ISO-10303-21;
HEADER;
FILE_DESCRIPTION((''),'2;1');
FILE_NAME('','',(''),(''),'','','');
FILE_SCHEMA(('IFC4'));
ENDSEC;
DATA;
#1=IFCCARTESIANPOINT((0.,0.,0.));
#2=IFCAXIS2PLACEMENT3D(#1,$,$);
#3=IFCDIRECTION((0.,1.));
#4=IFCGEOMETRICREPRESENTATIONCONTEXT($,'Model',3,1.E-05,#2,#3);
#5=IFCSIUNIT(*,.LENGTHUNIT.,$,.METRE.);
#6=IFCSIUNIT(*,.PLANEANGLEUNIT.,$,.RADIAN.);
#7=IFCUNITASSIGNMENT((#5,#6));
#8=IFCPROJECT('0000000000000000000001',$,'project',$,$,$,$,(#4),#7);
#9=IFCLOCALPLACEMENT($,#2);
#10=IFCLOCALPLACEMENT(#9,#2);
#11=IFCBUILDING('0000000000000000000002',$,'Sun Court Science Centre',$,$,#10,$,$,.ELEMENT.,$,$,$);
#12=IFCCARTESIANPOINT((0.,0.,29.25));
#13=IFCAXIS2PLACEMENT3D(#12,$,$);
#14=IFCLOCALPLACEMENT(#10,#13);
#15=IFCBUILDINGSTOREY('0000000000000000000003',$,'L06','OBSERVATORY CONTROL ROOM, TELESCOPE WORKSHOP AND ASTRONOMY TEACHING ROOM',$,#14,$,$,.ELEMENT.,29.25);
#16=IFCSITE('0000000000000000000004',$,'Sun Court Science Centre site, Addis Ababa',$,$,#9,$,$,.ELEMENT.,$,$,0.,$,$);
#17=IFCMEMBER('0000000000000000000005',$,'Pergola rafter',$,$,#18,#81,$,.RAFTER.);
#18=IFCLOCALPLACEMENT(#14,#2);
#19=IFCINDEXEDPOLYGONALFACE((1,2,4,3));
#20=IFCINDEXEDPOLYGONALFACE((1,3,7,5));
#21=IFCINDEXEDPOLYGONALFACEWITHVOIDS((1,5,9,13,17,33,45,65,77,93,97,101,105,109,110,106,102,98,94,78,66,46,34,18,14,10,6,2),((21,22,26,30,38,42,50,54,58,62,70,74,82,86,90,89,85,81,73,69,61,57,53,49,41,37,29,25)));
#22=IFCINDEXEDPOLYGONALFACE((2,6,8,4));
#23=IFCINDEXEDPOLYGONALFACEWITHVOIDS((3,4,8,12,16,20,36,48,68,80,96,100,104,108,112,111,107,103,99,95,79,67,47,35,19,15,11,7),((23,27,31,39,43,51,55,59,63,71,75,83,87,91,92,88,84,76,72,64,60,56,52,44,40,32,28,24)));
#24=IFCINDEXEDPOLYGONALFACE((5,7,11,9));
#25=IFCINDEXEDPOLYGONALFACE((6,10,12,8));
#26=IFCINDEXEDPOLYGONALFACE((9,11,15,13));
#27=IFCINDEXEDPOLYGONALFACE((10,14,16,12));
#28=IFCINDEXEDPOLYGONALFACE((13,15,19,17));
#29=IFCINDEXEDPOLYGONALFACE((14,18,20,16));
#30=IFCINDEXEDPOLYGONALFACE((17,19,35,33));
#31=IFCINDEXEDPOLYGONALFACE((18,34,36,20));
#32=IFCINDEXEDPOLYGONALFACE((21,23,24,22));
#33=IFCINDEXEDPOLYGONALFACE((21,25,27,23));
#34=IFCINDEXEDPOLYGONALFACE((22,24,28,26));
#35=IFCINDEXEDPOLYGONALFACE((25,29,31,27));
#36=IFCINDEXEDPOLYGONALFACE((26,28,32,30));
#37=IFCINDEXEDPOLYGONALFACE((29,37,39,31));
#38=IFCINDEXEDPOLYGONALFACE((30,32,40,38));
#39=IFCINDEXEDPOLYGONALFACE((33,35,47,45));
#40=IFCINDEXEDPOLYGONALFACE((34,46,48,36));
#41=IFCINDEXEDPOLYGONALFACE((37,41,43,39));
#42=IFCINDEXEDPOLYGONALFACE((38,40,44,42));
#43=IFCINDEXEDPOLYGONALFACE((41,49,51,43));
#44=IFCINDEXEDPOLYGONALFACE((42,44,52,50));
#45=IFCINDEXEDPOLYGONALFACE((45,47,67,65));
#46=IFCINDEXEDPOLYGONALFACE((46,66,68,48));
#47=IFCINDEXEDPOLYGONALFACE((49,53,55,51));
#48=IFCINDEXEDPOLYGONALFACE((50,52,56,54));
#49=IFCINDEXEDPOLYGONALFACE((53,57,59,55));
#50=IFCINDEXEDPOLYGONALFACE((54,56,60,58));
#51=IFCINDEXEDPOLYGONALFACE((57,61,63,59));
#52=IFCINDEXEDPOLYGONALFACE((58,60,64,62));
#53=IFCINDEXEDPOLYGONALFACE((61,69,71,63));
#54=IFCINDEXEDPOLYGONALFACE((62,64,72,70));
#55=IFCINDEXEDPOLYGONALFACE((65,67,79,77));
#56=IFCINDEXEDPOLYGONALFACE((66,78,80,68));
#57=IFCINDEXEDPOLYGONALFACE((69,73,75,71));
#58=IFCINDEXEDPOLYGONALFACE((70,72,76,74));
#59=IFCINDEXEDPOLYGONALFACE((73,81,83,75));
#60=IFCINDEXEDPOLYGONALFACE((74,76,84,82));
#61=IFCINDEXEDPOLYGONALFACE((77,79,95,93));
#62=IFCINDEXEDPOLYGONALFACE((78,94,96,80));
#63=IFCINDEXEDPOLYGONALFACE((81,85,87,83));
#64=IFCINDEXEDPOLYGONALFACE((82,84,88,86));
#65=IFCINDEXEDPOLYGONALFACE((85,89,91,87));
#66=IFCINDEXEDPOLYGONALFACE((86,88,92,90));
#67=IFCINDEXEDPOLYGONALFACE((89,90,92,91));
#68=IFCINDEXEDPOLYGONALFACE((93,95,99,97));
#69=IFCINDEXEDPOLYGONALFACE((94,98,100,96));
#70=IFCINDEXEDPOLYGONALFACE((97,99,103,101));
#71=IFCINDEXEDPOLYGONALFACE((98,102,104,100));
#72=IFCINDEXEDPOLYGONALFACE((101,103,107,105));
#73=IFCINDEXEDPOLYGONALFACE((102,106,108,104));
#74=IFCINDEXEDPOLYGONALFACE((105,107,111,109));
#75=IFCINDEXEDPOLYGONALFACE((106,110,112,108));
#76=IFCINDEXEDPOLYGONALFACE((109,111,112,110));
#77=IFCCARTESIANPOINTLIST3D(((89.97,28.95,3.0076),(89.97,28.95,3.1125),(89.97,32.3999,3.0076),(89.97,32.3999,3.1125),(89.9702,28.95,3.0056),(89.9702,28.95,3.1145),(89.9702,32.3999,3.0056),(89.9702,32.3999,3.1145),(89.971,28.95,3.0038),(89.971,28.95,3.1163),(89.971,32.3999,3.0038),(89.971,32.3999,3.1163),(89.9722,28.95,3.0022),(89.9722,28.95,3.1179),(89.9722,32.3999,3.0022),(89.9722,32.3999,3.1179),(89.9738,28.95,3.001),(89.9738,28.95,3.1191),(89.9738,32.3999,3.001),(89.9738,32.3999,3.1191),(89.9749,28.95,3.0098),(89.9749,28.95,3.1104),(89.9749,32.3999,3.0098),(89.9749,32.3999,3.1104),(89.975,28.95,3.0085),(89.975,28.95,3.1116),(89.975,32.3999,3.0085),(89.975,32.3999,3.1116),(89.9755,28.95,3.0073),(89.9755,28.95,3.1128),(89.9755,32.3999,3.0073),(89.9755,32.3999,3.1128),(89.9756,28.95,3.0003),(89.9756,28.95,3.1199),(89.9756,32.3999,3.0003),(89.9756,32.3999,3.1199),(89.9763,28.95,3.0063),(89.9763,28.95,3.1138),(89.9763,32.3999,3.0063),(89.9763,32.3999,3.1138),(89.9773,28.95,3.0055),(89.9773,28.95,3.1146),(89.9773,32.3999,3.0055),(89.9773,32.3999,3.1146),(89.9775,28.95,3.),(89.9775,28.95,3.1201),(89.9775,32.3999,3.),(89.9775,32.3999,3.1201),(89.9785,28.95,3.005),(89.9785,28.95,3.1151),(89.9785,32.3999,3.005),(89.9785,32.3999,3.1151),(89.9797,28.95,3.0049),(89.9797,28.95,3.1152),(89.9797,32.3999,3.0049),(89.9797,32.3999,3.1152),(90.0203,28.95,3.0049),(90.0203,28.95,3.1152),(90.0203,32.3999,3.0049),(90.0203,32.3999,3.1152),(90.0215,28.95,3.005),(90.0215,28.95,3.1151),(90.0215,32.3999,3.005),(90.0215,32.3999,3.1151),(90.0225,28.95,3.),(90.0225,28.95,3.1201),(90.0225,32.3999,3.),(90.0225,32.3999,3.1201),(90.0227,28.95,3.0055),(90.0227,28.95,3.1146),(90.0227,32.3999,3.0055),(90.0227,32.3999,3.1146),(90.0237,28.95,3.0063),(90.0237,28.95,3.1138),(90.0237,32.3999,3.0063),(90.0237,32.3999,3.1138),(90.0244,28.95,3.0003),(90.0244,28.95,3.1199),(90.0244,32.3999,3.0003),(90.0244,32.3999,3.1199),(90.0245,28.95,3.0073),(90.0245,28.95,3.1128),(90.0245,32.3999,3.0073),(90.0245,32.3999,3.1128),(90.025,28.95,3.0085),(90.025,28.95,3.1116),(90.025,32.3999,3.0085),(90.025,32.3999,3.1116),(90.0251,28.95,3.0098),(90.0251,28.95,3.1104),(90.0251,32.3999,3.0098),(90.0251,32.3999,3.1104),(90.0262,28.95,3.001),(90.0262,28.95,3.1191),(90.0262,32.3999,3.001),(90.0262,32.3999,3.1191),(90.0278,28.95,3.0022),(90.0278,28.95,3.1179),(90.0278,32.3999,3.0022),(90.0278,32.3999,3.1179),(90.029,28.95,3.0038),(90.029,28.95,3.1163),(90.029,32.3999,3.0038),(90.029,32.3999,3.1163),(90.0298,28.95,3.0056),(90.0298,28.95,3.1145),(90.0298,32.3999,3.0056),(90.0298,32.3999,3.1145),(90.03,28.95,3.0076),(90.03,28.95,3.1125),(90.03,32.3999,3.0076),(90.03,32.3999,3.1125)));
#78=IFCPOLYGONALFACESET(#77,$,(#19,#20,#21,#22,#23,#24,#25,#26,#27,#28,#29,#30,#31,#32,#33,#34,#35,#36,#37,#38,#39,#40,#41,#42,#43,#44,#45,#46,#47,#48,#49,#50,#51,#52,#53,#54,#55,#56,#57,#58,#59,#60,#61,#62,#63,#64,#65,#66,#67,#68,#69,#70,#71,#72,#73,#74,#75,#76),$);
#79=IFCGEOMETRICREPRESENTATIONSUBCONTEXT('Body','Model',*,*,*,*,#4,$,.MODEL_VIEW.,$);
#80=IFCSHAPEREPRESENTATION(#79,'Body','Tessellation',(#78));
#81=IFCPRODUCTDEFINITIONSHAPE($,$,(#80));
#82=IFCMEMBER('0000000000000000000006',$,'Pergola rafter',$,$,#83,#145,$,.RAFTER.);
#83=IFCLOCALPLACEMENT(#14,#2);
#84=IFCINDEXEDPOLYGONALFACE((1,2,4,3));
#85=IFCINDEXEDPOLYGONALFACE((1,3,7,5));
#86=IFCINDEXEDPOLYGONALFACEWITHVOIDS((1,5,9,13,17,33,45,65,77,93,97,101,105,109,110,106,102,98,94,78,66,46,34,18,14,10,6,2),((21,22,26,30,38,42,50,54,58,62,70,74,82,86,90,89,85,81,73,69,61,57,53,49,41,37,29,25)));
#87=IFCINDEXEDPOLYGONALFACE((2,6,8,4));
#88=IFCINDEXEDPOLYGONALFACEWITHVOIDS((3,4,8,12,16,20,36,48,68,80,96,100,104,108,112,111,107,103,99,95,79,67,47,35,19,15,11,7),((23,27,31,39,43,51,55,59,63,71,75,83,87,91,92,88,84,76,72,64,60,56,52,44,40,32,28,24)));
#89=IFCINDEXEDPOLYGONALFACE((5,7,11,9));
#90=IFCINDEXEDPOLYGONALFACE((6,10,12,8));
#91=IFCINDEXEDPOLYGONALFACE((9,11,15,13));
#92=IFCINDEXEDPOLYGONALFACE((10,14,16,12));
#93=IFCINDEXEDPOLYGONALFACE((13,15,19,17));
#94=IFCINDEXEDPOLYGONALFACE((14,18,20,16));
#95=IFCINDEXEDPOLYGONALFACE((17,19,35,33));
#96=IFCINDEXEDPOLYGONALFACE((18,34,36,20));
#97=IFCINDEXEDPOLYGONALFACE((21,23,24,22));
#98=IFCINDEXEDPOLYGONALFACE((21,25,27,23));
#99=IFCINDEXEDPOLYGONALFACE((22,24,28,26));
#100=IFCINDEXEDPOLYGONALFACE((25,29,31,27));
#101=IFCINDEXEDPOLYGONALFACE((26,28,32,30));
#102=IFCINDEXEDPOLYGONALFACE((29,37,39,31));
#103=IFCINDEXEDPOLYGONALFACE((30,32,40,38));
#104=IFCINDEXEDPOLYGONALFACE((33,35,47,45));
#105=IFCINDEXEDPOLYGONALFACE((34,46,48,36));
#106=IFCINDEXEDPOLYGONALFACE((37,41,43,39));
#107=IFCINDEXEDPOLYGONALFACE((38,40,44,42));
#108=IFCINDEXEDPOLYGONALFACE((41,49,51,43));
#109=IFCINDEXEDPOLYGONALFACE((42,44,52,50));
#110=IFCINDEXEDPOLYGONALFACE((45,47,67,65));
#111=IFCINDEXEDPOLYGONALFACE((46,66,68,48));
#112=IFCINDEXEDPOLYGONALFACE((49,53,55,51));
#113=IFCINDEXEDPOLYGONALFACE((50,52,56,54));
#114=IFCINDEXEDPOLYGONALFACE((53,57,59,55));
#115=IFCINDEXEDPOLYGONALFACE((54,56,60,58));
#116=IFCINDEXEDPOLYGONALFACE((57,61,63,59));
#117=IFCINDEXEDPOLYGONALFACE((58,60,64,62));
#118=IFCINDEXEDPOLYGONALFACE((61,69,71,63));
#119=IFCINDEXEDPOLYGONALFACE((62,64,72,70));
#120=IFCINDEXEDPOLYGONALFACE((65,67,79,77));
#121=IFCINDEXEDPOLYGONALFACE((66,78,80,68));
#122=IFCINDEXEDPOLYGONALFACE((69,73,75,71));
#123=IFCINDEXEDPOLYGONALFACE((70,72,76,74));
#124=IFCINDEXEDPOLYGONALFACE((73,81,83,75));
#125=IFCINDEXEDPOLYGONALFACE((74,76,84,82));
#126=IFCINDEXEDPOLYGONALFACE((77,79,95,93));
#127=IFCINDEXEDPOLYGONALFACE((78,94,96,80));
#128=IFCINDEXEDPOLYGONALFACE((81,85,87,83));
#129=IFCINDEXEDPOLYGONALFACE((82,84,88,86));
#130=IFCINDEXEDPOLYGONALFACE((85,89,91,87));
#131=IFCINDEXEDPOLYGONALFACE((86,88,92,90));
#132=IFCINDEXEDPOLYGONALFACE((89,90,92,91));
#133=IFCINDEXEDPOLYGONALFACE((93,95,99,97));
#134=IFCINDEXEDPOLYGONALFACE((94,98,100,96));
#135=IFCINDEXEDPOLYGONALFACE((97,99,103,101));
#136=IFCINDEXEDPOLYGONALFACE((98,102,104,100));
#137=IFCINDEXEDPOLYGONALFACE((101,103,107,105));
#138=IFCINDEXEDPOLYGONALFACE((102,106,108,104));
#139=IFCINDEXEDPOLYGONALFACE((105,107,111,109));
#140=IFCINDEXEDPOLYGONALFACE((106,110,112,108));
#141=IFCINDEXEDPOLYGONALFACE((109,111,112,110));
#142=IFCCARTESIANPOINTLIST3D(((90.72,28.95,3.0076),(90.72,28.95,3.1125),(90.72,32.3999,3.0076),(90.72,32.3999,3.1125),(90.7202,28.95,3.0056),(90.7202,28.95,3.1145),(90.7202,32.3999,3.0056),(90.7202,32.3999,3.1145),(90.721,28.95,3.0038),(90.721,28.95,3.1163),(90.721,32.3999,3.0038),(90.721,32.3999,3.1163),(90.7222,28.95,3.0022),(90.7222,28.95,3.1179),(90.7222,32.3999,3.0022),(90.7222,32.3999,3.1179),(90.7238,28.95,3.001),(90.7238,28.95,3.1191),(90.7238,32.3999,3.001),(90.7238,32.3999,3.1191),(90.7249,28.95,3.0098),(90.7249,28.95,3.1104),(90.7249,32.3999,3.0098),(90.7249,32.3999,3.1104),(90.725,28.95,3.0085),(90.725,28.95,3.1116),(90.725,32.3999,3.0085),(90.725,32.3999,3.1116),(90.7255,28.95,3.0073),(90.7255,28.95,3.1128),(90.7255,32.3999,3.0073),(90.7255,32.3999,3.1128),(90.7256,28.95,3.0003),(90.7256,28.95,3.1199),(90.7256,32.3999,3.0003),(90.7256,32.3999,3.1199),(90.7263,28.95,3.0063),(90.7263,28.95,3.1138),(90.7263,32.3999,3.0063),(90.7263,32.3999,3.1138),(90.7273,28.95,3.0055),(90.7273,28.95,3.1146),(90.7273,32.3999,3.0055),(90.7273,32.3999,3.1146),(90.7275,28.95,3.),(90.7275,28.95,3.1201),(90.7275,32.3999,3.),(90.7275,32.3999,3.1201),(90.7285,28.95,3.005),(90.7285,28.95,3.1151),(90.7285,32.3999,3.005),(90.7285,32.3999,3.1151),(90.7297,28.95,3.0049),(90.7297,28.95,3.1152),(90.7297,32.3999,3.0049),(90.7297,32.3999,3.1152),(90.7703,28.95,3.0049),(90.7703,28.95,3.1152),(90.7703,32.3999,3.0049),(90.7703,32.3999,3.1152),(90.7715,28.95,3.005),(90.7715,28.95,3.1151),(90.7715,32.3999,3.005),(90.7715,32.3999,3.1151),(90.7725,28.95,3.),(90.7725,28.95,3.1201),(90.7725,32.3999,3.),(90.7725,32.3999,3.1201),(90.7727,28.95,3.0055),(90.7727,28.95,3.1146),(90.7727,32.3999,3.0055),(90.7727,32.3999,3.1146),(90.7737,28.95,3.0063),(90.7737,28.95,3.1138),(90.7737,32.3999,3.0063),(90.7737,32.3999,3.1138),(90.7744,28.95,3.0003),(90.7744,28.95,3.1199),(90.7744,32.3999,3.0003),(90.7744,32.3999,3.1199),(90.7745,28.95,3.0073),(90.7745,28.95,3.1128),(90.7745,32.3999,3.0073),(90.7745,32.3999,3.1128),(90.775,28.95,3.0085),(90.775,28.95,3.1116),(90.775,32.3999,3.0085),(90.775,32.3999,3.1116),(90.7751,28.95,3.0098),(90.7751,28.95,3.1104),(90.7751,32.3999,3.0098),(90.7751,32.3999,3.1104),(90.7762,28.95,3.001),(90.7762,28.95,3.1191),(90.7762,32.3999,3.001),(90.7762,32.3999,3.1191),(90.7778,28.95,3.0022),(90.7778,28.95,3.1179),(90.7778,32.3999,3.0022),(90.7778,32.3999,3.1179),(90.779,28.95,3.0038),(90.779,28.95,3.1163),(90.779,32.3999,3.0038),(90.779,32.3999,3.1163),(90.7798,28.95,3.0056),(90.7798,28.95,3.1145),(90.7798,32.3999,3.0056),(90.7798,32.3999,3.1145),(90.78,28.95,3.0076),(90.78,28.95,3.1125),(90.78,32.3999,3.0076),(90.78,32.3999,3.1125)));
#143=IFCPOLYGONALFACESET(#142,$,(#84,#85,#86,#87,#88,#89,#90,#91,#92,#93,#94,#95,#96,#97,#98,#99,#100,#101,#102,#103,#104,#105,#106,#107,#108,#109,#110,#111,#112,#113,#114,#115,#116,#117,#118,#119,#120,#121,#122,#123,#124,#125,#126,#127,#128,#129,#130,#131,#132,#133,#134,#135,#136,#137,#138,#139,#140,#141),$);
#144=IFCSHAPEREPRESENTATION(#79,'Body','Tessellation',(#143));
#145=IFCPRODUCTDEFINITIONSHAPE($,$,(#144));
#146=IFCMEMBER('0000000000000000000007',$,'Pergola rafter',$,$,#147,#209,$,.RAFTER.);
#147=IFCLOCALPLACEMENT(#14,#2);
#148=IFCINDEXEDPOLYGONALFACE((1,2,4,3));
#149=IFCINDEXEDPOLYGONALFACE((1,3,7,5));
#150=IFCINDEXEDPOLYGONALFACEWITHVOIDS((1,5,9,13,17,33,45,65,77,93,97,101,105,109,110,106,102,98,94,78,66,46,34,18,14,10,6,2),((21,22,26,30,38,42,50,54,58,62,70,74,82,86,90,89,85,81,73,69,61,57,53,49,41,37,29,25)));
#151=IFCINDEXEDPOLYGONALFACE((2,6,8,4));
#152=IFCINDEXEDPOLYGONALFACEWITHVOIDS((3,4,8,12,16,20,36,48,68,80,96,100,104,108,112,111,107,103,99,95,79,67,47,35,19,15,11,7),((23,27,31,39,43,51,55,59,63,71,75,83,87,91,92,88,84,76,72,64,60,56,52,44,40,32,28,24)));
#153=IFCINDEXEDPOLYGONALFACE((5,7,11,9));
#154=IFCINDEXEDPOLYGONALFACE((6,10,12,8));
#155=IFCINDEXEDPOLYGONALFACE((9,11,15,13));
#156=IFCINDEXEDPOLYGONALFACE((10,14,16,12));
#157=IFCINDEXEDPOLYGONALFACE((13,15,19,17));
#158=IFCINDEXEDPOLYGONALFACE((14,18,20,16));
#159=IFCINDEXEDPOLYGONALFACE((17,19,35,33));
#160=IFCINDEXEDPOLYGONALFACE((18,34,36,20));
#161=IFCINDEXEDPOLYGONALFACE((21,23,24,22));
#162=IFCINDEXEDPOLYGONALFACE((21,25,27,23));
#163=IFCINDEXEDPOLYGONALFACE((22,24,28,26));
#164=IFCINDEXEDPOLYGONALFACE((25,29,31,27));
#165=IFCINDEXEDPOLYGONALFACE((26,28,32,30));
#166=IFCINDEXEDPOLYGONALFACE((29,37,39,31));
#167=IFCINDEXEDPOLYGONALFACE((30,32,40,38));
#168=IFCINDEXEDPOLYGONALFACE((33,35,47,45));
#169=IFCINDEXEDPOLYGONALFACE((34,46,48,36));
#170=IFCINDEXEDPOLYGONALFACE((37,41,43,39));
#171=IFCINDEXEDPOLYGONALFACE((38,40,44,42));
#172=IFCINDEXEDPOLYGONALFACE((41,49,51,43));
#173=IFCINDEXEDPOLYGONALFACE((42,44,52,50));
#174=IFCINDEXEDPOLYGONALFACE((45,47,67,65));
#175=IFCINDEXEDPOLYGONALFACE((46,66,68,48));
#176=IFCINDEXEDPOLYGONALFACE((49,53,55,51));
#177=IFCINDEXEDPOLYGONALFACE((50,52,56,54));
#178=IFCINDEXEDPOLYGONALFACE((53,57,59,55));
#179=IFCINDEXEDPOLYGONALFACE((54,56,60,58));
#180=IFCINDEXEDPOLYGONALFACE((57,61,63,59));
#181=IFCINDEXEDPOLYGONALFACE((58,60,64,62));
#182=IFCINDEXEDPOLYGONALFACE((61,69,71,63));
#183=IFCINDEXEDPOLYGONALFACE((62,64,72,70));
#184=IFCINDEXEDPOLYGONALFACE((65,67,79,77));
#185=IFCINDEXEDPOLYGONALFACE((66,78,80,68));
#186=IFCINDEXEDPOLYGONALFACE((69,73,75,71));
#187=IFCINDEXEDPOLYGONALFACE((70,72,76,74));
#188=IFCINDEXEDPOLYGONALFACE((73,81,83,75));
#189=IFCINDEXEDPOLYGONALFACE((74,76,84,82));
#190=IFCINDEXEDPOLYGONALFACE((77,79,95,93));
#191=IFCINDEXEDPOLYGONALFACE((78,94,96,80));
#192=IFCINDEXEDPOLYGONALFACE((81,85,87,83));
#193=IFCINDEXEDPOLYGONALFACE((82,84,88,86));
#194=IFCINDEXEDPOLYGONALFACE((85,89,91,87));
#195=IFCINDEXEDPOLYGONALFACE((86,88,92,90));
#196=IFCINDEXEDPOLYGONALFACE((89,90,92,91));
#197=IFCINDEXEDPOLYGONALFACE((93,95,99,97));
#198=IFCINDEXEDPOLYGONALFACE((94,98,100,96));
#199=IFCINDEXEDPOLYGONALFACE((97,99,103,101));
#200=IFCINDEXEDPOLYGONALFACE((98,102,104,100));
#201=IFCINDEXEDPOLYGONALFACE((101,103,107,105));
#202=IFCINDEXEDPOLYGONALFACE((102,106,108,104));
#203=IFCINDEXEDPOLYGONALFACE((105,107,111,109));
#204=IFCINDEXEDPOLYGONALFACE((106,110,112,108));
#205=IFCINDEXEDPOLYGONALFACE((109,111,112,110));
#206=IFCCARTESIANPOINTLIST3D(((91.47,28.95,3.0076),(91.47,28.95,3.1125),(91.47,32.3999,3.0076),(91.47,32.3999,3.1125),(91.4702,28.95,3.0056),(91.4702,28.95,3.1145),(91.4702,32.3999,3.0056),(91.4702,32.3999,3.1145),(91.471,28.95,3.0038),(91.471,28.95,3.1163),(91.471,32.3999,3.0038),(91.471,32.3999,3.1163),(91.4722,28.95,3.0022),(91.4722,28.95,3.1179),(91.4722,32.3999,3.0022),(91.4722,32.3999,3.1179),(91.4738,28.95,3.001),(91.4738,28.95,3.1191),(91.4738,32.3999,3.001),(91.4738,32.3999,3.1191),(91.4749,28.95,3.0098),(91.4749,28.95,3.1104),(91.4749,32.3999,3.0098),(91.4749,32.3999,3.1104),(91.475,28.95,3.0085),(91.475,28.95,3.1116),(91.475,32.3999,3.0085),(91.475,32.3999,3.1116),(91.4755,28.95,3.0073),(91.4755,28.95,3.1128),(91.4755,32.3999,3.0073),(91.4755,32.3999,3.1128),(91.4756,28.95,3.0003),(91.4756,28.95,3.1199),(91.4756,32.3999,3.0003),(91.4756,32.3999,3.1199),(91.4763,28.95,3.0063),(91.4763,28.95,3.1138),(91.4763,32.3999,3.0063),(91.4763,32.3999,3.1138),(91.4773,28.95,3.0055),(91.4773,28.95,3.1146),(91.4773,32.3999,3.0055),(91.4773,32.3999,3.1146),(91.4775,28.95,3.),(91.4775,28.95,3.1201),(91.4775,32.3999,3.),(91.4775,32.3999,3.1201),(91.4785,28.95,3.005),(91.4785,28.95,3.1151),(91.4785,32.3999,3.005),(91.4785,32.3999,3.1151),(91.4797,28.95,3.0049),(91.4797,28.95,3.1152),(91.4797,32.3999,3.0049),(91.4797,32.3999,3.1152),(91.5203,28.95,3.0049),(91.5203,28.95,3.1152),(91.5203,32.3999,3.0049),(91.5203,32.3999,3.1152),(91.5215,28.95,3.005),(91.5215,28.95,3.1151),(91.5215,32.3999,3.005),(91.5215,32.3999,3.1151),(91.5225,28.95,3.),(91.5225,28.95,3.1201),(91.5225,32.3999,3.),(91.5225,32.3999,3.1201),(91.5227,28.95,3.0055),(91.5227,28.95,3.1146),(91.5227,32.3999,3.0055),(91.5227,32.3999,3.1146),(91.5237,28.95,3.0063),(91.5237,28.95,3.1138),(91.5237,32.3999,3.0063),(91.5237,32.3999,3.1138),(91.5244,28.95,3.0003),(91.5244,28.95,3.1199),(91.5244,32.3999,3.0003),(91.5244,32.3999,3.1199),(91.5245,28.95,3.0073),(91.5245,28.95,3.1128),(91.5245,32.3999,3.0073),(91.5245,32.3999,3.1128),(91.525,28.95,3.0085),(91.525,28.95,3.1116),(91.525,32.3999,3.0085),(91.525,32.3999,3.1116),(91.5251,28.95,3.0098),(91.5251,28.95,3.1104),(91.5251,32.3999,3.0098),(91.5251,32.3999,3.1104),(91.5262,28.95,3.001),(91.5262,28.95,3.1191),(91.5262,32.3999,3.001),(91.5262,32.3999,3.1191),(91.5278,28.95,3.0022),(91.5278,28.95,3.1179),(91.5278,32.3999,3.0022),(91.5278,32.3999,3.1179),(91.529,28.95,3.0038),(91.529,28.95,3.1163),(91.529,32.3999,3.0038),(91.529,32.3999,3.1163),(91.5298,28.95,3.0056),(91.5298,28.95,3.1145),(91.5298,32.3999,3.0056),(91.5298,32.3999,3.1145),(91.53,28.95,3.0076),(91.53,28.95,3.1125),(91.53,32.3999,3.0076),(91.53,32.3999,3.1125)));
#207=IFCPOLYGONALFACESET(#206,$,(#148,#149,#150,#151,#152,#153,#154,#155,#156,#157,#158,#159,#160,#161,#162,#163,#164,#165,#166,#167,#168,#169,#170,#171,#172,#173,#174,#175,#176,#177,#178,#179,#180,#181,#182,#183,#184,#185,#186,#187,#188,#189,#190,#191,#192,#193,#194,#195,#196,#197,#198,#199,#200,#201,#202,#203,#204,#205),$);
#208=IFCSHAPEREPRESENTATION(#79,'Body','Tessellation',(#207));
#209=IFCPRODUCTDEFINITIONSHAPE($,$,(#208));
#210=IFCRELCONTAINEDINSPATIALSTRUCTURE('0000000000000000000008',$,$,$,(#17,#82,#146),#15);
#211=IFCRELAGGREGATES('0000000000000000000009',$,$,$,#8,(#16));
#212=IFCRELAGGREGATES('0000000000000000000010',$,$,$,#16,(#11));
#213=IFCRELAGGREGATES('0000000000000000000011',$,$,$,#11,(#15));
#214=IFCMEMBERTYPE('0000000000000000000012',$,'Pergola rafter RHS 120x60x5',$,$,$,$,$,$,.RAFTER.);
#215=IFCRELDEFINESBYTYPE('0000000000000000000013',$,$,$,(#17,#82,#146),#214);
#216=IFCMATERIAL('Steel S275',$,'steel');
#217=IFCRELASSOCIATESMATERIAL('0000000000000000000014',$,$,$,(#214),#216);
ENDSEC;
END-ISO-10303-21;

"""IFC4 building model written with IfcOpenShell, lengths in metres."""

from ifc_helpers import new_model, si_unit, direction, frame, origin, origin_2d, place, context, subcontext, project, spatial, hollow_rectangle, extrude, material, material_profile, profile_set, type_object, element, save


model = new_model("IFC4")

# Units and contexts
model_context = context("Model", 3, precision=1e-05, world=origin(), true_north=direction((0.0, 1.0)))
body_context = subcontext(model_context, "Body", "Model", "MODEL_VIEW")
ifc_project = project(units=[si_unit("LENGTHUNIT", "METRE"), si_unit("PLANEANGLEUNIT", "RADIAN")], contexts=[model_context])

# Site, building, storey
site_placement = place(None, origin())
site = spatial("IfcSite", under=ifc_project, at=site_placement, Name="Sun Court Science Centre site, Addis Ababa", CompositionType="ELEMENT", RefElevation=0.0)
building_placement = place(site_placement, origin())
building = spatial("IfcBuilding", under=site, at=building_placement, Name="Sun Court Science Centre", CompositionType="ELEMENT")
storey_placement = place(building_placement, frame((0.0, 0.0, 29.25)))
storey = spatial("IfcBuildingStorey", under=building, at=storey_placement, Name="L06", Description="OBSERVATORY CONTROL ROOM, TELESCOPE WORKSHOP AND ASTRONOMY TEACHING ROOM", CompositionType="ELEMENT", Elevation=29.25)

# Members
ifc_material_1 = material(Name="Steel S275", Category="steel")
ifc_material_profile_1 = material_profile(ifc_material_1, hollow_rectangle(XDim=0.0601, YDim=0.1201, WallThickness=0.0049, InnerFilletRadius=0.0049, OuterFilletRadius=0.0076, at=origin_2d()), Name="RHS 120x60x5")
ifc_profile_set_1 = profile_set([ifc_material_profile_1], Name="Steel S275")
member_type_1 = type_object("IfcMemberType", Name="Pergola rafter RHS 120x60x5", PredefinedType="RAFTER", material=ifc_profile_set_1)
for number, where, z_axis, x_axis, name in (
    (1, (90.0, 28.95, 3.0601), (0.0, 1.0, 0.0), (-1.0, 0.0, 0.0), "Pergola rafter"),
    (2, (90.75, 28.95, 3.0601), (0.0, 1.0, 0.0), (-1.0, 0.0, 0.0), "Pergola rafter"),
    (3, (91.5, 28.95, 3.0601), (0.0, 1.0, 0.0), (-1.0, 0.0, 0.0), "Pergola rafter"),
):
    element("IfcMember", number, at=place(storey_placement, frame(where, z_axis=z_axis, x_axis=x_axis)), inside=storey, type_object=member_type_1, Name=name, PredefinedType="RAFTER", context=body_context, shape_type="SweptSolid", body=[
        extrude(hollow_rectangle(XDim=0.0601, YDim=0.1201, WallThickness=0.0049, InnerFilletRadius=0.0049, OuterFilletRadius=0.0076, at=origin_2d()), origin(), (0.0, 0.0, 1.0), 3.45),
    ])

save(model, "model.ifc")
